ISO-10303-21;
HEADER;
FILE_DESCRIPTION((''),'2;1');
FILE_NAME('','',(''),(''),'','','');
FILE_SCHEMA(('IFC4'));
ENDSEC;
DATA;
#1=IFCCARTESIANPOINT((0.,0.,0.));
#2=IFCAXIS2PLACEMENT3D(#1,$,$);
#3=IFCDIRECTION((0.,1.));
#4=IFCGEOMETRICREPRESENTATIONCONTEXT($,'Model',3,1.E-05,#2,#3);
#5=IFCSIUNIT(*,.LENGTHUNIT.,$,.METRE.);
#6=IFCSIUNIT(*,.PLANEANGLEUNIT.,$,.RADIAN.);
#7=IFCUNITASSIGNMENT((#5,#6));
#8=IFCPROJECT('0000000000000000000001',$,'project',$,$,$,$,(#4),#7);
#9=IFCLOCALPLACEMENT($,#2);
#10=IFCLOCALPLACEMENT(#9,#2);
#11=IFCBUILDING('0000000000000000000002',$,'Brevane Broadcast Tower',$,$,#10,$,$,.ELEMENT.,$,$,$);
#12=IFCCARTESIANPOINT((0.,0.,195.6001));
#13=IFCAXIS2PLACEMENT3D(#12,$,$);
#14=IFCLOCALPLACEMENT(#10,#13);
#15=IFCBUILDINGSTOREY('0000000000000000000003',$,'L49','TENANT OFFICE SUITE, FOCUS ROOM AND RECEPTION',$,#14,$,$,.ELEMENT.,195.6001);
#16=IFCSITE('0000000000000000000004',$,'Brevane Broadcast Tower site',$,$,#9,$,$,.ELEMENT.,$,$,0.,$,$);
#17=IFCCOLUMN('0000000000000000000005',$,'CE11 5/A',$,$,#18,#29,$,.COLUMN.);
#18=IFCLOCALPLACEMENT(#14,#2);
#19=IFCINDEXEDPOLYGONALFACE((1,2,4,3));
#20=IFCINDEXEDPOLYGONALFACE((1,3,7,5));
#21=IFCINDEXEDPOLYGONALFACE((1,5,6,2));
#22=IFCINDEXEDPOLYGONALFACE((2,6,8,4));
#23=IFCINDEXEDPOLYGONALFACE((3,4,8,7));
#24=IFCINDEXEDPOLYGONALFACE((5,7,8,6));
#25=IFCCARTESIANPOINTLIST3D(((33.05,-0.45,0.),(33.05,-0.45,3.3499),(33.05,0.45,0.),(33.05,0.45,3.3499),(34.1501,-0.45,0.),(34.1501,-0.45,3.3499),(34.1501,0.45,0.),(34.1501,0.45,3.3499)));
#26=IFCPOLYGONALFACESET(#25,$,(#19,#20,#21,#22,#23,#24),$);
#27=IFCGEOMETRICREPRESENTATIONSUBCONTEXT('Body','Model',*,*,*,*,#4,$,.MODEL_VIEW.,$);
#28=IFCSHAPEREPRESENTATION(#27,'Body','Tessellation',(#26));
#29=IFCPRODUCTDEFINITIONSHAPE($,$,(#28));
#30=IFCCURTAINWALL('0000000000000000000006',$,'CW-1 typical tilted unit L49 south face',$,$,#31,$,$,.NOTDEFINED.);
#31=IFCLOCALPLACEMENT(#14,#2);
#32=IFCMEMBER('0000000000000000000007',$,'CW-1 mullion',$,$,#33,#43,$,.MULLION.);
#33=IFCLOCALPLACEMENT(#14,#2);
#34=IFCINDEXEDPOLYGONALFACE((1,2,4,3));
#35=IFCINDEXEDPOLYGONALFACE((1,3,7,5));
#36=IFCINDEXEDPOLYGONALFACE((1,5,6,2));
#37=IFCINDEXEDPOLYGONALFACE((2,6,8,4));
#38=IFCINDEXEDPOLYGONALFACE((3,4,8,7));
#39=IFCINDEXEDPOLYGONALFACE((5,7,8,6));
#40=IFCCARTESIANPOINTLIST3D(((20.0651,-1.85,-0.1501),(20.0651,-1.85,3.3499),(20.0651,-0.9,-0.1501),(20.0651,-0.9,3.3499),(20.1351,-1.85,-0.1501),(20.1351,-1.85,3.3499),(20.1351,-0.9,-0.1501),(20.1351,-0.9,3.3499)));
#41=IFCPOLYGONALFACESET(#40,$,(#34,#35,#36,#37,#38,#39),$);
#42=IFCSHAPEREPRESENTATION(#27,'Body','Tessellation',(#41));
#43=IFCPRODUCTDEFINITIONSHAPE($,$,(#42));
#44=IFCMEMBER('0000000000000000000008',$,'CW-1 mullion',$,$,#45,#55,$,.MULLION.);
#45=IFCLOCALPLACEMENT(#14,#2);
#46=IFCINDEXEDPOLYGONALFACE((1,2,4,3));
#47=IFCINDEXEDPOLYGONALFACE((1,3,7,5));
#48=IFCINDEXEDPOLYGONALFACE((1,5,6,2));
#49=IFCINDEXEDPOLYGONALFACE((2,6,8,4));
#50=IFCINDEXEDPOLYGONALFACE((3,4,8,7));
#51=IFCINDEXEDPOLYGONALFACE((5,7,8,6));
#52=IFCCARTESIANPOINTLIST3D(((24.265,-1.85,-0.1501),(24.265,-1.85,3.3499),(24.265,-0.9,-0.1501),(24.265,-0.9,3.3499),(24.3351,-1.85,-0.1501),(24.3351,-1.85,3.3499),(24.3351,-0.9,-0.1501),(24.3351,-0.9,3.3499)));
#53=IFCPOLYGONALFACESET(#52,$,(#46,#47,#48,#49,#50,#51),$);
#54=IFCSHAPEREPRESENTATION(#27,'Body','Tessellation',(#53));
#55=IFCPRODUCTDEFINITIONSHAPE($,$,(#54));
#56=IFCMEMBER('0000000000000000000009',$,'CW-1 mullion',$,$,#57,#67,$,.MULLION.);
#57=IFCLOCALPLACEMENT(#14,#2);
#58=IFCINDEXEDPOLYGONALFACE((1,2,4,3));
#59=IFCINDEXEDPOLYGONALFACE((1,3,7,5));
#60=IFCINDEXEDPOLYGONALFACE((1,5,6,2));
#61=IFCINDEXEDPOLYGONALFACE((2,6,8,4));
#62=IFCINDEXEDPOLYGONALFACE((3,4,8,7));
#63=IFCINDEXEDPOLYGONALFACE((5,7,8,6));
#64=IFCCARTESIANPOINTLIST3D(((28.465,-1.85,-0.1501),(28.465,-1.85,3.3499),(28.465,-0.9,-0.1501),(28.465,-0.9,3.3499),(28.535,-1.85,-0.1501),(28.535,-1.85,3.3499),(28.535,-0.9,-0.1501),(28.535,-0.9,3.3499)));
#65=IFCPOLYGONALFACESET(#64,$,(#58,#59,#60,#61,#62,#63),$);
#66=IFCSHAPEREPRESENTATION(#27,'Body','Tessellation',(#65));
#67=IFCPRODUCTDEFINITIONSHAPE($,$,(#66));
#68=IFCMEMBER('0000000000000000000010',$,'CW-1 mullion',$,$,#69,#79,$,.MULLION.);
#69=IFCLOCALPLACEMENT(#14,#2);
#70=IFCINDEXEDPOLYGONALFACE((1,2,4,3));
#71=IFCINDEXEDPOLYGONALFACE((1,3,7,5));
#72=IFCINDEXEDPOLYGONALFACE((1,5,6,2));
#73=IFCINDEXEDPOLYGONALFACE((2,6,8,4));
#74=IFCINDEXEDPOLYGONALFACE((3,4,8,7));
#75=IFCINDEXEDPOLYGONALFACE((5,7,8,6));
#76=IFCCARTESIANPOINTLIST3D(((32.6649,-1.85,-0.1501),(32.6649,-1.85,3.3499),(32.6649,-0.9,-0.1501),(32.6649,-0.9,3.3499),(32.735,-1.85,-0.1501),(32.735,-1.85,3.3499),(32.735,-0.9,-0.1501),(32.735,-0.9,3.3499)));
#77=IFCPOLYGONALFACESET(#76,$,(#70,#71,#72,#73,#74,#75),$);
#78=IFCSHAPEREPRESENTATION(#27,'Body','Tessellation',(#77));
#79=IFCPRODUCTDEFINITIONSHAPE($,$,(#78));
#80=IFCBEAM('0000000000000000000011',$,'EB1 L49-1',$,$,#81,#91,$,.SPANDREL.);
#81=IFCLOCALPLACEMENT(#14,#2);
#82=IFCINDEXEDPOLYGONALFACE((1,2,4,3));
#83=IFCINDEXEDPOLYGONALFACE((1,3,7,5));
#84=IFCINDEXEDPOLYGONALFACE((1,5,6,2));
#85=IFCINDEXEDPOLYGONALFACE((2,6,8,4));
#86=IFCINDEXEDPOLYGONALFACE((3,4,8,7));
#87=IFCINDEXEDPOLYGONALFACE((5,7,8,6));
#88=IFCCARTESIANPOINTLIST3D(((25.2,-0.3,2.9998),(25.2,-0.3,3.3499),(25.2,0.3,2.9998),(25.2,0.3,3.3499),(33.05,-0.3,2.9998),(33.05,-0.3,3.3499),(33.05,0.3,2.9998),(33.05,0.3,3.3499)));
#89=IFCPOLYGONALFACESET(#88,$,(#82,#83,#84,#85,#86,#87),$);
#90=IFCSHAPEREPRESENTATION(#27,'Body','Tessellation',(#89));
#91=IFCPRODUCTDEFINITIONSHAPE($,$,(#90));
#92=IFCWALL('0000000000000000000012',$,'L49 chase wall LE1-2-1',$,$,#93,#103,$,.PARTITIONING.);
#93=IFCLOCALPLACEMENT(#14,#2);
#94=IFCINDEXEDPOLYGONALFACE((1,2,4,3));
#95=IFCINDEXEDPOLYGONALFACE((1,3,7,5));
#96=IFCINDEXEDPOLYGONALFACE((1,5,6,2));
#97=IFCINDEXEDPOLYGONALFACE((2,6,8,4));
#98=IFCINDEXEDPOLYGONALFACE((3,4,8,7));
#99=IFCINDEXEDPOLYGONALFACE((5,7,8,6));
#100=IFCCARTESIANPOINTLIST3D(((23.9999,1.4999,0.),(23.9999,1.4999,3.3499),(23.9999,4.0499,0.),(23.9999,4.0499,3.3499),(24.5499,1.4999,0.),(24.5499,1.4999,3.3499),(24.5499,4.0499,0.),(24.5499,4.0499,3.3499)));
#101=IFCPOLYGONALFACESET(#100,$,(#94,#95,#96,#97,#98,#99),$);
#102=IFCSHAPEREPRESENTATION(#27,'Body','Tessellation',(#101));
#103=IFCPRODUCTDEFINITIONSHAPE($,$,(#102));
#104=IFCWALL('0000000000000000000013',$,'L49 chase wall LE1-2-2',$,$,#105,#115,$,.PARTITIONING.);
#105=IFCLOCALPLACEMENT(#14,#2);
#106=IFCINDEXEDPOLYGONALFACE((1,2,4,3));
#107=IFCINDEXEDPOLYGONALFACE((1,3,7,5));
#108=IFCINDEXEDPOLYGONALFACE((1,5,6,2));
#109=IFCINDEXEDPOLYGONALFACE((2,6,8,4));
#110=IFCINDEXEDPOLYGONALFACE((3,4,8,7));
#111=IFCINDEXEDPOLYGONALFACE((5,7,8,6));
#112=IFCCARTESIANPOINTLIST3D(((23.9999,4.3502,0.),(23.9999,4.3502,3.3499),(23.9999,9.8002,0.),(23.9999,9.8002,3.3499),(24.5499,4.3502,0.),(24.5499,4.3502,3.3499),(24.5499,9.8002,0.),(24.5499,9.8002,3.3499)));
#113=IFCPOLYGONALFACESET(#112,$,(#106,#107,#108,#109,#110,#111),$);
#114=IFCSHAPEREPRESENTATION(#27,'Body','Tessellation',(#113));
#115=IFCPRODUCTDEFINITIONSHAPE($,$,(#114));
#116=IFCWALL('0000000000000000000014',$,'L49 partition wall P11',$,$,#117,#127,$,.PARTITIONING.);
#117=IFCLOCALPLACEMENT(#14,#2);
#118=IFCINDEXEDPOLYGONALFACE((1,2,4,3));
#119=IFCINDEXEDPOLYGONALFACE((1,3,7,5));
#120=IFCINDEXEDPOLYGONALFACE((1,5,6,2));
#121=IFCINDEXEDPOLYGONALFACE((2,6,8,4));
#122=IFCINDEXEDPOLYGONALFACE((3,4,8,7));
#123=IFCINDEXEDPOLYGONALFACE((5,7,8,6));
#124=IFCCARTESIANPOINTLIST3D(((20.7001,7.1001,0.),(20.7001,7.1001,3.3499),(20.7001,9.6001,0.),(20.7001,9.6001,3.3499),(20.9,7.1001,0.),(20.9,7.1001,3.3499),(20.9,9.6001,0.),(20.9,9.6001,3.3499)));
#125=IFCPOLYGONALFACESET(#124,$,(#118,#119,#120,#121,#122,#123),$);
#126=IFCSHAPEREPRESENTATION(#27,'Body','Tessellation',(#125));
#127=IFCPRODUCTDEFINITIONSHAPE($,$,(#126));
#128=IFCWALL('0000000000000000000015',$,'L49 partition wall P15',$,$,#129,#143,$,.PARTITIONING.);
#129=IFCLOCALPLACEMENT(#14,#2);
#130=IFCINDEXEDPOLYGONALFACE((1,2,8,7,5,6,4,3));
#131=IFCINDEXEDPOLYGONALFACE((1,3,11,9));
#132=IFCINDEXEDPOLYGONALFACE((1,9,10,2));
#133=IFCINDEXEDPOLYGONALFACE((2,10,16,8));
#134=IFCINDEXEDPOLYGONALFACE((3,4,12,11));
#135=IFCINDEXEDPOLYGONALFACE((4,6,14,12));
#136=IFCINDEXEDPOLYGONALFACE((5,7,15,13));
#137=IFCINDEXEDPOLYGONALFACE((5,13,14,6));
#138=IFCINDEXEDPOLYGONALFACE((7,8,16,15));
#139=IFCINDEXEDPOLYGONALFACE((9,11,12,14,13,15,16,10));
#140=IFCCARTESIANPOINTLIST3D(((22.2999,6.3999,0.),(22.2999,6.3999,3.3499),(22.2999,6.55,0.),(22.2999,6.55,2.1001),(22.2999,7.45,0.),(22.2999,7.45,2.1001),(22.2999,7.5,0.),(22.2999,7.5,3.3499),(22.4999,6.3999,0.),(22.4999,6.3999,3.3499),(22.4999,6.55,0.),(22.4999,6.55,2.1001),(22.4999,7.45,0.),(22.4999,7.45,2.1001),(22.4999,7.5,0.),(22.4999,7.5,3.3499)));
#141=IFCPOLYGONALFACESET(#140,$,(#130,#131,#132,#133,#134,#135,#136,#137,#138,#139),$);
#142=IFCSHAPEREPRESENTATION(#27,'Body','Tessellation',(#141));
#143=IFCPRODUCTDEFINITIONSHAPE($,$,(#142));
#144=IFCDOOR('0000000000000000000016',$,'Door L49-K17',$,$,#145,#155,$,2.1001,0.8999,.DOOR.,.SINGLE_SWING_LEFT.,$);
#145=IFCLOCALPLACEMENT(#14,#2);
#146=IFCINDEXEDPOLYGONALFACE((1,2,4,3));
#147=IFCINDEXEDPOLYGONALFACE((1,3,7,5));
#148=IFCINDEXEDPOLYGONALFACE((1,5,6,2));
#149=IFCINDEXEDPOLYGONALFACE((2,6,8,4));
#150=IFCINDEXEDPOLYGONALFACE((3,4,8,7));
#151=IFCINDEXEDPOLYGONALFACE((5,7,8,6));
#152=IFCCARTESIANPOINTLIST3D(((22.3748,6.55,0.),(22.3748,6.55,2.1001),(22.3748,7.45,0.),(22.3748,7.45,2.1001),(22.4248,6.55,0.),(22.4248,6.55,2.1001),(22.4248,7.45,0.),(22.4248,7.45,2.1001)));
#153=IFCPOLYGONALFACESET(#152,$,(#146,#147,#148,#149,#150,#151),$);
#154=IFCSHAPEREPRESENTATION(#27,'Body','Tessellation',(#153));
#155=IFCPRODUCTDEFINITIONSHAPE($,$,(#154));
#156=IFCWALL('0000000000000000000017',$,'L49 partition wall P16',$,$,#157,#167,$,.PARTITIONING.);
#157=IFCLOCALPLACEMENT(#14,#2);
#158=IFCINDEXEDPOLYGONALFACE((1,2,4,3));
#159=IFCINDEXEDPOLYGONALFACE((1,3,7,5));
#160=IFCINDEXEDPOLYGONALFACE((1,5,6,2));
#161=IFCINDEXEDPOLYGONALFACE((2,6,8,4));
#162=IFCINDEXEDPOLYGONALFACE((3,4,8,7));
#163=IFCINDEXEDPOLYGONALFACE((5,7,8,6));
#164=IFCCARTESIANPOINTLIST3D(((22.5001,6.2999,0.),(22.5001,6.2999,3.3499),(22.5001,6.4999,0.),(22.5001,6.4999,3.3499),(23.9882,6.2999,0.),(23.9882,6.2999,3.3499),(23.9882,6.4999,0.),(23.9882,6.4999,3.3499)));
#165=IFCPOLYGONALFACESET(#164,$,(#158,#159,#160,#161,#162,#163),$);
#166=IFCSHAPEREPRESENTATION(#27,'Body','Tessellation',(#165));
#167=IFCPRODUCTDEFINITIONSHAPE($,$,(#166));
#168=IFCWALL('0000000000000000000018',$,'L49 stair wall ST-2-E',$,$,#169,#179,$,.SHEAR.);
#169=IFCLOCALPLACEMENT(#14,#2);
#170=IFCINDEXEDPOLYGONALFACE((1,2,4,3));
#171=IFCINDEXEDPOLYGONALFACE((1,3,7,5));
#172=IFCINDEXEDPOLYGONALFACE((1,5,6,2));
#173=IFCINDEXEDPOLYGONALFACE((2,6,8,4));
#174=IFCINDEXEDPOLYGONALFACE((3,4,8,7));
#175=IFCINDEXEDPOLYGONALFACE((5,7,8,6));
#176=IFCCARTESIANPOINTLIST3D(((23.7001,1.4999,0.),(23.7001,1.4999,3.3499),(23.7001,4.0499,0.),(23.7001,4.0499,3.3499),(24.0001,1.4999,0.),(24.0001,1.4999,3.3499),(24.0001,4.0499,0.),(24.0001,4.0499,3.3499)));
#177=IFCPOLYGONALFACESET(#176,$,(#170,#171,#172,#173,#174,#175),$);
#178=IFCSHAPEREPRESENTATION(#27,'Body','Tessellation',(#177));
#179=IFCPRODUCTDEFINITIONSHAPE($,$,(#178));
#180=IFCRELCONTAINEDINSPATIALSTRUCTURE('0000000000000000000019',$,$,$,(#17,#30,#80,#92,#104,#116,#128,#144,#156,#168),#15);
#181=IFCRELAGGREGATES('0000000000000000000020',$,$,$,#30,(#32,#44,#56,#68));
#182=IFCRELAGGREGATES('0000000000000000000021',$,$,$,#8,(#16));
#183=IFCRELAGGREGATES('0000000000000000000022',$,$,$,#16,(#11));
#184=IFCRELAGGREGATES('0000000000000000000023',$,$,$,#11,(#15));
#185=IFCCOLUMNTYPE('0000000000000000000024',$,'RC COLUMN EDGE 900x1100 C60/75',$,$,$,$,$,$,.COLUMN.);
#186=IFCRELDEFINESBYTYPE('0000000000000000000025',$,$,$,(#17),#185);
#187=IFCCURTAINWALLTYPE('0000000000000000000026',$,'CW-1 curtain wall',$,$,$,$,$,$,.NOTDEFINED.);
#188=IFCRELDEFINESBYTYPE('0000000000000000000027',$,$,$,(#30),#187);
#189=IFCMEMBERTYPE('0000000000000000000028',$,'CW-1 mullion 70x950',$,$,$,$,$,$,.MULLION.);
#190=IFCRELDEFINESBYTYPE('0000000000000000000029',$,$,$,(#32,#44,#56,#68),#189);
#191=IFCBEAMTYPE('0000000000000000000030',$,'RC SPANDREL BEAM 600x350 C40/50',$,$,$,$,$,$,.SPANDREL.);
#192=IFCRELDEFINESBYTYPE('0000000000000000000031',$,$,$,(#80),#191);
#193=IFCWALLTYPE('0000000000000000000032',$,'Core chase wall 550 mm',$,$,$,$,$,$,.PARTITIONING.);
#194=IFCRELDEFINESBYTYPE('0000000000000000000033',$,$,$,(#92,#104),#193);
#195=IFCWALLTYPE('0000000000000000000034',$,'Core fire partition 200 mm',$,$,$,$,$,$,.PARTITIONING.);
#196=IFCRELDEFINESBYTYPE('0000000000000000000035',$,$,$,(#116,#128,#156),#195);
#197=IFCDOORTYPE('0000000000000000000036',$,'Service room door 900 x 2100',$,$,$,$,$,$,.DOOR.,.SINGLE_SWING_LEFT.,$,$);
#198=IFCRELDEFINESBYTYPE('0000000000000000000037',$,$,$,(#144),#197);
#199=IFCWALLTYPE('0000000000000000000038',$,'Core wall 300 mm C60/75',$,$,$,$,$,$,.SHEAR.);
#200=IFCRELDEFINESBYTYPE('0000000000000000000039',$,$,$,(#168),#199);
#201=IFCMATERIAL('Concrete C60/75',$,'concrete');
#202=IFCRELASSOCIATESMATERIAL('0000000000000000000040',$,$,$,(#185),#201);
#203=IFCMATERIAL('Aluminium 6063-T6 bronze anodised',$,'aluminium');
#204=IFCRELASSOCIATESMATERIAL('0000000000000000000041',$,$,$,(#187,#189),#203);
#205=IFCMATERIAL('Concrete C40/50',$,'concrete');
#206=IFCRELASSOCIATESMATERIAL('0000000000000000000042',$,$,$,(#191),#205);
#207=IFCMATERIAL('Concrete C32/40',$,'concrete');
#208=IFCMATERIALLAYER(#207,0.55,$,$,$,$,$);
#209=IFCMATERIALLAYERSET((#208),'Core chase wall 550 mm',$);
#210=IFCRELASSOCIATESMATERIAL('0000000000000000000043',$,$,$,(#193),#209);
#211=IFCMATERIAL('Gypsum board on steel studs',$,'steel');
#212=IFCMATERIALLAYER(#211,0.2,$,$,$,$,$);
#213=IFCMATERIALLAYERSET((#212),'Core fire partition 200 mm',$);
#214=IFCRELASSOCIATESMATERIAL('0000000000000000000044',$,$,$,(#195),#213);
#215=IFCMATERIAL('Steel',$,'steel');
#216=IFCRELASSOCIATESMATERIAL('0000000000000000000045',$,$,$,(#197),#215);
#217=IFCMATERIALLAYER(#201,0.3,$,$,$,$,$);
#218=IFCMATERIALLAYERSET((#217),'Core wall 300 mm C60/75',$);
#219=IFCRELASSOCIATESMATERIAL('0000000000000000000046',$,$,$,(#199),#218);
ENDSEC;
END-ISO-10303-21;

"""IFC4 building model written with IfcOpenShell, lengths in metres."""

from ifc_helpers import new_model, si_unit, direction, frame, frame_2d, origin, origin_2d, place, context, subcontext, project, spatial, rectangle, extrude, material, layer, layer_set, material_profile, profile_set, type_object, element, fill, aggregate, save


model = new_model("IFC4")

# Units and contexts
model_context = context("Model", 3, precision=1e-05, world=origin(), true_north=direction((0.0, 1.0)))
body_context = subcontext(model_context, "Body", "Model", "MODEL_VIEW")
ifc_project = project(units=[si_unit("LENGTHUNIT", "METRE"), si_unit("PLANEANGLEUNIT", "RADIAN")], contexts=[model_context])

# Site, building, storey
site_placement = place(None, origin())
site = spatial("IfcSite", under=ifc_project, at=site_placement, Name="Brevane Broadcast Tower site", CompositionType="ELEMENT", RefElevation=0.0)
building_placement = place(site_placement, origin())
building = spatial("IfcBuilding", under=site, at=building_placement, Name="Brevane Broadcast Tower", CompositionType="ELEMENT")
storey_placement = place(building_placement, frame((0.0, 0.0, 195.6001)))
storey = spatial("IfcBuildingStorey", under=building, at=storey_placement, Name="L49", Description="TENANT OFFICE SUITE, FOCUS ROOM AND RECEPTION", CompositionType="ELEMENT", Elevation=195.6001)

# Column
ifc_material_1 = material(Name="Concrete C60/75", Category="concrete")
ifc_material_profile_1 = material_profile(ifc_material_1, rectangle(XDim=0.8999, YDim=1.1001, at=origin_2d()), Name="RC 900x1100")
ifc_profile_set_1 = profile_set([ifc_material_profile_1], Name="Concrete C60/75")
column_type = type_object("IfcColumnType", Name="RC COLUMN EDGE 900x1100 C60/75", PredefinedType="COLUMN", material=ifc_profile_set_1)
column_placement = place(storey_placement, frame((33.6001, 0.0, 0.0), z_axis=(0.0, 0.0, 1.0), x_axis=(0.0, 1.0, 0.0)))
element("IfcColumn", 1, at=column_placement, inside=storey, type_object=column_type, Name="CE11 5/A", PredefinedType="COLUMN", context=body_context, shape_type="SweptSolid", body=[
    extrude(rectangle(XDim=0.8999, YDim=1.1001, at=origin_2d()), origin(), (0.0, 0.0, 1.0), 3.3499),
])

# Curtain wall, members
ifc_material_2 = material(Name="Aluminium 6063-T6 bronze anodised", Category="aluminium")
curtain_wall_type = type_object("IfcCurtainWallType", Name="CW-1 curtain wall", PredefinedType="NOTDEFINED", material=ifc_material_2)
curtain_wall_placement = place(storey_placement, origin())
curtain_wall = element("IfcCurtainWall", 2, at=curtain_wall_placement, inside=storey, type_object=curtain_wall_type, Name="CW-1 typical tilted unit L49 south face", PredefinedType="NOTDEFINED")
ifc_material_profile_2 = material_profile(ifc_material_2, rectangle(XDim=0.95, YDim=0.0701, at=origin_2d()), Name="RECT 70x950")
ifc_profile_set_2 = profile_set([ifc_material_profile_2], Name="Aluminium 6063-T6 bronze anodised")
member_type = type_object("IfcMemberType", Name="CW-1 mullion 70x950", PredefinedType="MULLION", material=ifc_profile_set_2)
member_1_placement = place(storey_placement, frame((20.1001, -1.375, -0.1501), z_axis=(0.0, 0.0, 1.0), x_axis=(0.0, 1.0, 0.0)))
member_1 = element("IfcMember", 3, at=member_1_placement, type_object=member_type, Name="CW-1 mullion", PredefinedType="MULLION", context=body_context, shape_type="SweptSolid", body=[
    extrude(rectangle(XDim=0.95, YDim=0.0701, at=origin_2d()), origin(), (0.0, 0.0, 1.0), 3.5),
])
member_2_placement = place(storey_placement, frame((24.3, -1.375, -0.1501), z_axis=(0.0, 0.0, 1.0), x_axis=(0.0, 1.0, 0.0)))
member_2 = element("IfcMember", 4, at=member_2_placement, type_object=member_type, Name="CW-1 mullion", PredefinedType="MULLION", context=body_context, shape_type="SweptSolid", body=[
    extrude(rectangle(XDim=0.95, YDim=0.0701, at=origin_2d()), origin(), (0.0, 0.0, 1.0), 3.5),
])
member_3_placement = place(storey_placement, frame((28.5, -1.375, -0.1501), z_axis=(0.0, 0.0, 1.0), x_axis=(0.0, 1.0, 0.0)))
member_3 = element("IfcMember", 5, at=member_3_placement, type_object=member_type, Name="CW-1 mullion", PredefinedType="MULLION", context=body_context, shape_type="SweptSolid", body=[
    extrude(rectangle(XDim=0.95, YDim=0.0701, at=origin_2d()), origin(), (0.0, 0.0, 1.0), 3.5),
])
member_4_placement = place(storey_placement, frame((32.7, -1.375, -0.1501), z_axis=(0.0, 0.0, 1.0), x_axis=(0.0, 1.0, 0.0)))
member_4 = element("IfcMember", 6, at=member_4_placement, type_object=member_type, Name="CW-1 mullion", PredefinedType="MULLION", context=body_context, shape_type="SweptSolid", body=[
    extrude(rectangle(XDim=0.95, YDim=0.0701, at=origin_2d()), origin(), (0.0, 0.0, 1.0), 3.5),
])
aggregate(curtain_wall, [member_1, member_2, member_3, member_4])

# Beam
ifc_material_3 = material(Name="Concrete C40/50", Category="concrete")
ifc_material_profile_3 = material_profile(ifc_material_3, rectangle(XDim=0.6001, YDim=0.3501, at=origin_2d()), Name="RC 600x350")
ifc_profile_set_3 = profile_set([ifc_material_profile_3], Name="Concrete C40/50")
beam_type = type_object("IfcBeamType", Name="RC SPANDREL BEAM 600x350 C40/50", PredefinedType="SPANDREL", material=ifc_profile_set_3)
beam_placement = place(storey_placement, frame((25.2, 0.0, 3.1748), z_axis=(1.0, 0.0, 0.0), x_axis=(0.0, 1.0, 0.0)))
element("IfcBeam", 7, at=beam_placement, inside=storey, type_object=beam_type, Name="EB1 L49-1", PredefinedType="SPANDREL", context=body_context, shape_type="SweptSolid", body=[
    extrude(rectangle(XDim=0.6001, YDim=0.3501, at=origin_2d()), origin(), (0.0, 0.0, 1.0), 7.8501),
])

# Walls
ifc_material_4 = material(Name="Concrete C32/40", Category="concrete")
ifc_layer_1 = layer(ifc_material_4, 0.55)
ifc_layer_set_1 = layer_set([ifc_layer_1], Name="Core chase wall 550 mm")
wall_type_1 = type_object("IfcWallType", Name="Core chase wall 550 mm", PredefinedType="PARTITIONING", material=ifc_layer_set_1)
wall_1_placement = place(storey_placement, frame((24.2749, 1.5, 0.0), z_axis=(0.0, 0.0, 1.0), x_axis=(0.0, 1.0, 0.0)))
element("IfcWall", 8, at=wall_1_placement, inside=storey, type_object=wall_type_1, Name="L49 chase wall LE1-2-1", PredefinedType="PARTITIONING", context=body_context, shape_type="SweptSolid", body=[
    extrude(rectangle(XDim=2.55, YDim=0.55, at=frame_2d((1.2749, 0.0))), origin(), (0.0, 0.0, 1.0), 3.3499),
])
wall_2_placement = place(storey_placement, frame((24.2749, 4.3501, 0.0), z_axis=(0.0, 0.0, 1.0), x_axis=(0.0, 1.0, 0.0)))
element("IfcWall", 9, at=wall_2_placement, inside=storey, type_object=wall_type_1, Name="L49 chase wall LE1-2-2", PredefinedType="PARTITIONING", context=body_context, shape_type="SweptSolid", body=[
    extrude(rectangle(XDim=5.45, YDim=0.55, at=frame_2d((2.7251, 0.0))), origin(), (0.0, 0.0, 1.0), 3.3499),
])
ifc_material_5 = material(Name="Gypsum board on steel studs", Category="steel")
ifc_layer_2 = layer(ifc_material_5, 0.2)
ifc_layer_set_2 = layer_set([ifc_layer_2], Name="Core fire partition 200 mm")
wall_type_2 = type_object("IfcWallType", Name="Core fire partition 200 mm", PredefinedType="PARTITIONING", material=ifc_layer_set_2)
wall_3_placement = place(storey_placement, frame((20.8, 7.1001, 0.0), z_axis=(0.0, 0.0, 1.0), x_axis=(0.0, 1.0, 0.0)))
element("IfcWall", 10, at=wall_3_placement, inside=storey, type_object=wall_type_2, Name="L49 partition wall P11", PredefinedType="PARTITIONING", context=body_context, shape_type="SweptSolid", body=[
    extrude(rectangle(XDim=2.5, YDim=0.2, at=frame_2d((1.25, 0.0))), origin(), (0.0, 0.0, 1.0), 3.3499),
])

# Wall, opening, door
wall_4_placement = place(storey_placement, frame((22.3999, 7.5, 0.0), z_axis=(0.0, 0.0, 1.0), x_axis=(0.0, -1.0, 0.0)))
wall_4 = element("IfcWall", 11, at=wall_4_placement, inside=storey, type_object=wall_type_2, Name="L49 partition wall P15", PredefinedType="PARTITIONING", context=body_context, shape_type="SweptSolid", body=[
    extrude(rectangle(XDim=1.1001, YDim=0.2, at=frame_2d((0.55, 0.0))), origin(), (0.0, 0.0, 1.0), 3.3499),
])
opening_1_placement = place(wall_4_placement, frame((0.05, 0.0, 0.0)))
opening_1 = element("IfcOpeningElement", 12, at=opening_1_placement, cuts=wall_4, PredefinedType="OPENING", context=body_context, shape_type="SweptSolid", body=[
    extrude(rectangle(XDim=0.8999, YDim=2.1001, at=frame_2d((0.45, 1.05))), frame((0.0, 0.1099, 0.0), z_axis=(0.0, -1.0, 0.0), x_axis=(1.0, 0.0, 0.0)), (0.0, 0.0, 1.0), 0.22),
])
ifc_material_6 = material(Name="Steel", Category="steel")
door_type_1 = type_object("IfcDoorType", Name="Service room door 900 x 2100", OperationType="SINGLE_SWING_LEFT", PredefinedType="DOOR", material=ifc_material_6)
door_1_placement = place(opening_1_placement, origin())
door_1 = element("IfcDoor", 13, at=door_1_placement, inside=storey, type_object=door_type_1, Name="Door L49-K17", OperationType="SINGLE_SWING_LEFT", OverallHeight=2.1001, OverallWidth=0.8999, PredefinedType="DOOR", context=body_context, shape_type="SweptSolid", body=[
    extrude(rectangle(XDim=0.8999, YDim=2.1001, at=frame_2d((0.45, 1.05))), frame((0.0, 0.0249, 0.0), z_axis=(0.0, -1.0, 0.0), x_axis=(1.0, 0.0, 0.0)), (0.0, 0.0, 1.0), 0.05),
])
fill(opening_1, door_1)

# Walls
wall_5_placement = place(storey_placement, frame((22.5, 6.3999, 0.0), z_axis=(0.0, 0.0, 1.0), x_axis=(1.0, 0.0, 0.0)))
element("IfcWall", 14, at=wall_5_placement, inside=storey, type_object=wall_type_2, Name="L49 partition wall P16", PredefinedType="PARTITIONING", context=body_context, shape_type="SweptSolid", body=[
    extrude(rectangle(XDim=1.488, YDim=0.2, at=frame_2d((0.7441, 0.0))), origin(), (0.0, 0.0, 1.0), 3.3499),
])
ifc_layer_3 = layer(ifc_material_1, 0.3)
ifc_layer_set_3 = layer_set([ifc_layer_3], Name="Core wall 300 mm C60/75")
wall_type_3 = type_object("IfcWallType", Name="Core wall 300 mm C60/75", PredefinedType="SHEAR", material=ifc_layer_set_3)
wall_6_placement = place(storey_placement, frame((23.8501, 1.5, 0.0), z_axis=(0.0, 0.0, 1.0), x_axis=(0.0, 1.0, 0.0)))
element("IfcWall", 15, at=wall_6_placement, inside=storey, type_object=wall_type_3, Name="L49 stair wall ST-2-E", PredefinedType="SHEAR", context=body_context, shape_type="SweptSolid", body=[
    extrude(rectangle(XDim=2.55, YDim=0.3, at=frame_2d((1.2749, 0.0))), origin(), (0.0, 0.0, 1.0), 3.3499),
])

save(model, "model.ifc")
